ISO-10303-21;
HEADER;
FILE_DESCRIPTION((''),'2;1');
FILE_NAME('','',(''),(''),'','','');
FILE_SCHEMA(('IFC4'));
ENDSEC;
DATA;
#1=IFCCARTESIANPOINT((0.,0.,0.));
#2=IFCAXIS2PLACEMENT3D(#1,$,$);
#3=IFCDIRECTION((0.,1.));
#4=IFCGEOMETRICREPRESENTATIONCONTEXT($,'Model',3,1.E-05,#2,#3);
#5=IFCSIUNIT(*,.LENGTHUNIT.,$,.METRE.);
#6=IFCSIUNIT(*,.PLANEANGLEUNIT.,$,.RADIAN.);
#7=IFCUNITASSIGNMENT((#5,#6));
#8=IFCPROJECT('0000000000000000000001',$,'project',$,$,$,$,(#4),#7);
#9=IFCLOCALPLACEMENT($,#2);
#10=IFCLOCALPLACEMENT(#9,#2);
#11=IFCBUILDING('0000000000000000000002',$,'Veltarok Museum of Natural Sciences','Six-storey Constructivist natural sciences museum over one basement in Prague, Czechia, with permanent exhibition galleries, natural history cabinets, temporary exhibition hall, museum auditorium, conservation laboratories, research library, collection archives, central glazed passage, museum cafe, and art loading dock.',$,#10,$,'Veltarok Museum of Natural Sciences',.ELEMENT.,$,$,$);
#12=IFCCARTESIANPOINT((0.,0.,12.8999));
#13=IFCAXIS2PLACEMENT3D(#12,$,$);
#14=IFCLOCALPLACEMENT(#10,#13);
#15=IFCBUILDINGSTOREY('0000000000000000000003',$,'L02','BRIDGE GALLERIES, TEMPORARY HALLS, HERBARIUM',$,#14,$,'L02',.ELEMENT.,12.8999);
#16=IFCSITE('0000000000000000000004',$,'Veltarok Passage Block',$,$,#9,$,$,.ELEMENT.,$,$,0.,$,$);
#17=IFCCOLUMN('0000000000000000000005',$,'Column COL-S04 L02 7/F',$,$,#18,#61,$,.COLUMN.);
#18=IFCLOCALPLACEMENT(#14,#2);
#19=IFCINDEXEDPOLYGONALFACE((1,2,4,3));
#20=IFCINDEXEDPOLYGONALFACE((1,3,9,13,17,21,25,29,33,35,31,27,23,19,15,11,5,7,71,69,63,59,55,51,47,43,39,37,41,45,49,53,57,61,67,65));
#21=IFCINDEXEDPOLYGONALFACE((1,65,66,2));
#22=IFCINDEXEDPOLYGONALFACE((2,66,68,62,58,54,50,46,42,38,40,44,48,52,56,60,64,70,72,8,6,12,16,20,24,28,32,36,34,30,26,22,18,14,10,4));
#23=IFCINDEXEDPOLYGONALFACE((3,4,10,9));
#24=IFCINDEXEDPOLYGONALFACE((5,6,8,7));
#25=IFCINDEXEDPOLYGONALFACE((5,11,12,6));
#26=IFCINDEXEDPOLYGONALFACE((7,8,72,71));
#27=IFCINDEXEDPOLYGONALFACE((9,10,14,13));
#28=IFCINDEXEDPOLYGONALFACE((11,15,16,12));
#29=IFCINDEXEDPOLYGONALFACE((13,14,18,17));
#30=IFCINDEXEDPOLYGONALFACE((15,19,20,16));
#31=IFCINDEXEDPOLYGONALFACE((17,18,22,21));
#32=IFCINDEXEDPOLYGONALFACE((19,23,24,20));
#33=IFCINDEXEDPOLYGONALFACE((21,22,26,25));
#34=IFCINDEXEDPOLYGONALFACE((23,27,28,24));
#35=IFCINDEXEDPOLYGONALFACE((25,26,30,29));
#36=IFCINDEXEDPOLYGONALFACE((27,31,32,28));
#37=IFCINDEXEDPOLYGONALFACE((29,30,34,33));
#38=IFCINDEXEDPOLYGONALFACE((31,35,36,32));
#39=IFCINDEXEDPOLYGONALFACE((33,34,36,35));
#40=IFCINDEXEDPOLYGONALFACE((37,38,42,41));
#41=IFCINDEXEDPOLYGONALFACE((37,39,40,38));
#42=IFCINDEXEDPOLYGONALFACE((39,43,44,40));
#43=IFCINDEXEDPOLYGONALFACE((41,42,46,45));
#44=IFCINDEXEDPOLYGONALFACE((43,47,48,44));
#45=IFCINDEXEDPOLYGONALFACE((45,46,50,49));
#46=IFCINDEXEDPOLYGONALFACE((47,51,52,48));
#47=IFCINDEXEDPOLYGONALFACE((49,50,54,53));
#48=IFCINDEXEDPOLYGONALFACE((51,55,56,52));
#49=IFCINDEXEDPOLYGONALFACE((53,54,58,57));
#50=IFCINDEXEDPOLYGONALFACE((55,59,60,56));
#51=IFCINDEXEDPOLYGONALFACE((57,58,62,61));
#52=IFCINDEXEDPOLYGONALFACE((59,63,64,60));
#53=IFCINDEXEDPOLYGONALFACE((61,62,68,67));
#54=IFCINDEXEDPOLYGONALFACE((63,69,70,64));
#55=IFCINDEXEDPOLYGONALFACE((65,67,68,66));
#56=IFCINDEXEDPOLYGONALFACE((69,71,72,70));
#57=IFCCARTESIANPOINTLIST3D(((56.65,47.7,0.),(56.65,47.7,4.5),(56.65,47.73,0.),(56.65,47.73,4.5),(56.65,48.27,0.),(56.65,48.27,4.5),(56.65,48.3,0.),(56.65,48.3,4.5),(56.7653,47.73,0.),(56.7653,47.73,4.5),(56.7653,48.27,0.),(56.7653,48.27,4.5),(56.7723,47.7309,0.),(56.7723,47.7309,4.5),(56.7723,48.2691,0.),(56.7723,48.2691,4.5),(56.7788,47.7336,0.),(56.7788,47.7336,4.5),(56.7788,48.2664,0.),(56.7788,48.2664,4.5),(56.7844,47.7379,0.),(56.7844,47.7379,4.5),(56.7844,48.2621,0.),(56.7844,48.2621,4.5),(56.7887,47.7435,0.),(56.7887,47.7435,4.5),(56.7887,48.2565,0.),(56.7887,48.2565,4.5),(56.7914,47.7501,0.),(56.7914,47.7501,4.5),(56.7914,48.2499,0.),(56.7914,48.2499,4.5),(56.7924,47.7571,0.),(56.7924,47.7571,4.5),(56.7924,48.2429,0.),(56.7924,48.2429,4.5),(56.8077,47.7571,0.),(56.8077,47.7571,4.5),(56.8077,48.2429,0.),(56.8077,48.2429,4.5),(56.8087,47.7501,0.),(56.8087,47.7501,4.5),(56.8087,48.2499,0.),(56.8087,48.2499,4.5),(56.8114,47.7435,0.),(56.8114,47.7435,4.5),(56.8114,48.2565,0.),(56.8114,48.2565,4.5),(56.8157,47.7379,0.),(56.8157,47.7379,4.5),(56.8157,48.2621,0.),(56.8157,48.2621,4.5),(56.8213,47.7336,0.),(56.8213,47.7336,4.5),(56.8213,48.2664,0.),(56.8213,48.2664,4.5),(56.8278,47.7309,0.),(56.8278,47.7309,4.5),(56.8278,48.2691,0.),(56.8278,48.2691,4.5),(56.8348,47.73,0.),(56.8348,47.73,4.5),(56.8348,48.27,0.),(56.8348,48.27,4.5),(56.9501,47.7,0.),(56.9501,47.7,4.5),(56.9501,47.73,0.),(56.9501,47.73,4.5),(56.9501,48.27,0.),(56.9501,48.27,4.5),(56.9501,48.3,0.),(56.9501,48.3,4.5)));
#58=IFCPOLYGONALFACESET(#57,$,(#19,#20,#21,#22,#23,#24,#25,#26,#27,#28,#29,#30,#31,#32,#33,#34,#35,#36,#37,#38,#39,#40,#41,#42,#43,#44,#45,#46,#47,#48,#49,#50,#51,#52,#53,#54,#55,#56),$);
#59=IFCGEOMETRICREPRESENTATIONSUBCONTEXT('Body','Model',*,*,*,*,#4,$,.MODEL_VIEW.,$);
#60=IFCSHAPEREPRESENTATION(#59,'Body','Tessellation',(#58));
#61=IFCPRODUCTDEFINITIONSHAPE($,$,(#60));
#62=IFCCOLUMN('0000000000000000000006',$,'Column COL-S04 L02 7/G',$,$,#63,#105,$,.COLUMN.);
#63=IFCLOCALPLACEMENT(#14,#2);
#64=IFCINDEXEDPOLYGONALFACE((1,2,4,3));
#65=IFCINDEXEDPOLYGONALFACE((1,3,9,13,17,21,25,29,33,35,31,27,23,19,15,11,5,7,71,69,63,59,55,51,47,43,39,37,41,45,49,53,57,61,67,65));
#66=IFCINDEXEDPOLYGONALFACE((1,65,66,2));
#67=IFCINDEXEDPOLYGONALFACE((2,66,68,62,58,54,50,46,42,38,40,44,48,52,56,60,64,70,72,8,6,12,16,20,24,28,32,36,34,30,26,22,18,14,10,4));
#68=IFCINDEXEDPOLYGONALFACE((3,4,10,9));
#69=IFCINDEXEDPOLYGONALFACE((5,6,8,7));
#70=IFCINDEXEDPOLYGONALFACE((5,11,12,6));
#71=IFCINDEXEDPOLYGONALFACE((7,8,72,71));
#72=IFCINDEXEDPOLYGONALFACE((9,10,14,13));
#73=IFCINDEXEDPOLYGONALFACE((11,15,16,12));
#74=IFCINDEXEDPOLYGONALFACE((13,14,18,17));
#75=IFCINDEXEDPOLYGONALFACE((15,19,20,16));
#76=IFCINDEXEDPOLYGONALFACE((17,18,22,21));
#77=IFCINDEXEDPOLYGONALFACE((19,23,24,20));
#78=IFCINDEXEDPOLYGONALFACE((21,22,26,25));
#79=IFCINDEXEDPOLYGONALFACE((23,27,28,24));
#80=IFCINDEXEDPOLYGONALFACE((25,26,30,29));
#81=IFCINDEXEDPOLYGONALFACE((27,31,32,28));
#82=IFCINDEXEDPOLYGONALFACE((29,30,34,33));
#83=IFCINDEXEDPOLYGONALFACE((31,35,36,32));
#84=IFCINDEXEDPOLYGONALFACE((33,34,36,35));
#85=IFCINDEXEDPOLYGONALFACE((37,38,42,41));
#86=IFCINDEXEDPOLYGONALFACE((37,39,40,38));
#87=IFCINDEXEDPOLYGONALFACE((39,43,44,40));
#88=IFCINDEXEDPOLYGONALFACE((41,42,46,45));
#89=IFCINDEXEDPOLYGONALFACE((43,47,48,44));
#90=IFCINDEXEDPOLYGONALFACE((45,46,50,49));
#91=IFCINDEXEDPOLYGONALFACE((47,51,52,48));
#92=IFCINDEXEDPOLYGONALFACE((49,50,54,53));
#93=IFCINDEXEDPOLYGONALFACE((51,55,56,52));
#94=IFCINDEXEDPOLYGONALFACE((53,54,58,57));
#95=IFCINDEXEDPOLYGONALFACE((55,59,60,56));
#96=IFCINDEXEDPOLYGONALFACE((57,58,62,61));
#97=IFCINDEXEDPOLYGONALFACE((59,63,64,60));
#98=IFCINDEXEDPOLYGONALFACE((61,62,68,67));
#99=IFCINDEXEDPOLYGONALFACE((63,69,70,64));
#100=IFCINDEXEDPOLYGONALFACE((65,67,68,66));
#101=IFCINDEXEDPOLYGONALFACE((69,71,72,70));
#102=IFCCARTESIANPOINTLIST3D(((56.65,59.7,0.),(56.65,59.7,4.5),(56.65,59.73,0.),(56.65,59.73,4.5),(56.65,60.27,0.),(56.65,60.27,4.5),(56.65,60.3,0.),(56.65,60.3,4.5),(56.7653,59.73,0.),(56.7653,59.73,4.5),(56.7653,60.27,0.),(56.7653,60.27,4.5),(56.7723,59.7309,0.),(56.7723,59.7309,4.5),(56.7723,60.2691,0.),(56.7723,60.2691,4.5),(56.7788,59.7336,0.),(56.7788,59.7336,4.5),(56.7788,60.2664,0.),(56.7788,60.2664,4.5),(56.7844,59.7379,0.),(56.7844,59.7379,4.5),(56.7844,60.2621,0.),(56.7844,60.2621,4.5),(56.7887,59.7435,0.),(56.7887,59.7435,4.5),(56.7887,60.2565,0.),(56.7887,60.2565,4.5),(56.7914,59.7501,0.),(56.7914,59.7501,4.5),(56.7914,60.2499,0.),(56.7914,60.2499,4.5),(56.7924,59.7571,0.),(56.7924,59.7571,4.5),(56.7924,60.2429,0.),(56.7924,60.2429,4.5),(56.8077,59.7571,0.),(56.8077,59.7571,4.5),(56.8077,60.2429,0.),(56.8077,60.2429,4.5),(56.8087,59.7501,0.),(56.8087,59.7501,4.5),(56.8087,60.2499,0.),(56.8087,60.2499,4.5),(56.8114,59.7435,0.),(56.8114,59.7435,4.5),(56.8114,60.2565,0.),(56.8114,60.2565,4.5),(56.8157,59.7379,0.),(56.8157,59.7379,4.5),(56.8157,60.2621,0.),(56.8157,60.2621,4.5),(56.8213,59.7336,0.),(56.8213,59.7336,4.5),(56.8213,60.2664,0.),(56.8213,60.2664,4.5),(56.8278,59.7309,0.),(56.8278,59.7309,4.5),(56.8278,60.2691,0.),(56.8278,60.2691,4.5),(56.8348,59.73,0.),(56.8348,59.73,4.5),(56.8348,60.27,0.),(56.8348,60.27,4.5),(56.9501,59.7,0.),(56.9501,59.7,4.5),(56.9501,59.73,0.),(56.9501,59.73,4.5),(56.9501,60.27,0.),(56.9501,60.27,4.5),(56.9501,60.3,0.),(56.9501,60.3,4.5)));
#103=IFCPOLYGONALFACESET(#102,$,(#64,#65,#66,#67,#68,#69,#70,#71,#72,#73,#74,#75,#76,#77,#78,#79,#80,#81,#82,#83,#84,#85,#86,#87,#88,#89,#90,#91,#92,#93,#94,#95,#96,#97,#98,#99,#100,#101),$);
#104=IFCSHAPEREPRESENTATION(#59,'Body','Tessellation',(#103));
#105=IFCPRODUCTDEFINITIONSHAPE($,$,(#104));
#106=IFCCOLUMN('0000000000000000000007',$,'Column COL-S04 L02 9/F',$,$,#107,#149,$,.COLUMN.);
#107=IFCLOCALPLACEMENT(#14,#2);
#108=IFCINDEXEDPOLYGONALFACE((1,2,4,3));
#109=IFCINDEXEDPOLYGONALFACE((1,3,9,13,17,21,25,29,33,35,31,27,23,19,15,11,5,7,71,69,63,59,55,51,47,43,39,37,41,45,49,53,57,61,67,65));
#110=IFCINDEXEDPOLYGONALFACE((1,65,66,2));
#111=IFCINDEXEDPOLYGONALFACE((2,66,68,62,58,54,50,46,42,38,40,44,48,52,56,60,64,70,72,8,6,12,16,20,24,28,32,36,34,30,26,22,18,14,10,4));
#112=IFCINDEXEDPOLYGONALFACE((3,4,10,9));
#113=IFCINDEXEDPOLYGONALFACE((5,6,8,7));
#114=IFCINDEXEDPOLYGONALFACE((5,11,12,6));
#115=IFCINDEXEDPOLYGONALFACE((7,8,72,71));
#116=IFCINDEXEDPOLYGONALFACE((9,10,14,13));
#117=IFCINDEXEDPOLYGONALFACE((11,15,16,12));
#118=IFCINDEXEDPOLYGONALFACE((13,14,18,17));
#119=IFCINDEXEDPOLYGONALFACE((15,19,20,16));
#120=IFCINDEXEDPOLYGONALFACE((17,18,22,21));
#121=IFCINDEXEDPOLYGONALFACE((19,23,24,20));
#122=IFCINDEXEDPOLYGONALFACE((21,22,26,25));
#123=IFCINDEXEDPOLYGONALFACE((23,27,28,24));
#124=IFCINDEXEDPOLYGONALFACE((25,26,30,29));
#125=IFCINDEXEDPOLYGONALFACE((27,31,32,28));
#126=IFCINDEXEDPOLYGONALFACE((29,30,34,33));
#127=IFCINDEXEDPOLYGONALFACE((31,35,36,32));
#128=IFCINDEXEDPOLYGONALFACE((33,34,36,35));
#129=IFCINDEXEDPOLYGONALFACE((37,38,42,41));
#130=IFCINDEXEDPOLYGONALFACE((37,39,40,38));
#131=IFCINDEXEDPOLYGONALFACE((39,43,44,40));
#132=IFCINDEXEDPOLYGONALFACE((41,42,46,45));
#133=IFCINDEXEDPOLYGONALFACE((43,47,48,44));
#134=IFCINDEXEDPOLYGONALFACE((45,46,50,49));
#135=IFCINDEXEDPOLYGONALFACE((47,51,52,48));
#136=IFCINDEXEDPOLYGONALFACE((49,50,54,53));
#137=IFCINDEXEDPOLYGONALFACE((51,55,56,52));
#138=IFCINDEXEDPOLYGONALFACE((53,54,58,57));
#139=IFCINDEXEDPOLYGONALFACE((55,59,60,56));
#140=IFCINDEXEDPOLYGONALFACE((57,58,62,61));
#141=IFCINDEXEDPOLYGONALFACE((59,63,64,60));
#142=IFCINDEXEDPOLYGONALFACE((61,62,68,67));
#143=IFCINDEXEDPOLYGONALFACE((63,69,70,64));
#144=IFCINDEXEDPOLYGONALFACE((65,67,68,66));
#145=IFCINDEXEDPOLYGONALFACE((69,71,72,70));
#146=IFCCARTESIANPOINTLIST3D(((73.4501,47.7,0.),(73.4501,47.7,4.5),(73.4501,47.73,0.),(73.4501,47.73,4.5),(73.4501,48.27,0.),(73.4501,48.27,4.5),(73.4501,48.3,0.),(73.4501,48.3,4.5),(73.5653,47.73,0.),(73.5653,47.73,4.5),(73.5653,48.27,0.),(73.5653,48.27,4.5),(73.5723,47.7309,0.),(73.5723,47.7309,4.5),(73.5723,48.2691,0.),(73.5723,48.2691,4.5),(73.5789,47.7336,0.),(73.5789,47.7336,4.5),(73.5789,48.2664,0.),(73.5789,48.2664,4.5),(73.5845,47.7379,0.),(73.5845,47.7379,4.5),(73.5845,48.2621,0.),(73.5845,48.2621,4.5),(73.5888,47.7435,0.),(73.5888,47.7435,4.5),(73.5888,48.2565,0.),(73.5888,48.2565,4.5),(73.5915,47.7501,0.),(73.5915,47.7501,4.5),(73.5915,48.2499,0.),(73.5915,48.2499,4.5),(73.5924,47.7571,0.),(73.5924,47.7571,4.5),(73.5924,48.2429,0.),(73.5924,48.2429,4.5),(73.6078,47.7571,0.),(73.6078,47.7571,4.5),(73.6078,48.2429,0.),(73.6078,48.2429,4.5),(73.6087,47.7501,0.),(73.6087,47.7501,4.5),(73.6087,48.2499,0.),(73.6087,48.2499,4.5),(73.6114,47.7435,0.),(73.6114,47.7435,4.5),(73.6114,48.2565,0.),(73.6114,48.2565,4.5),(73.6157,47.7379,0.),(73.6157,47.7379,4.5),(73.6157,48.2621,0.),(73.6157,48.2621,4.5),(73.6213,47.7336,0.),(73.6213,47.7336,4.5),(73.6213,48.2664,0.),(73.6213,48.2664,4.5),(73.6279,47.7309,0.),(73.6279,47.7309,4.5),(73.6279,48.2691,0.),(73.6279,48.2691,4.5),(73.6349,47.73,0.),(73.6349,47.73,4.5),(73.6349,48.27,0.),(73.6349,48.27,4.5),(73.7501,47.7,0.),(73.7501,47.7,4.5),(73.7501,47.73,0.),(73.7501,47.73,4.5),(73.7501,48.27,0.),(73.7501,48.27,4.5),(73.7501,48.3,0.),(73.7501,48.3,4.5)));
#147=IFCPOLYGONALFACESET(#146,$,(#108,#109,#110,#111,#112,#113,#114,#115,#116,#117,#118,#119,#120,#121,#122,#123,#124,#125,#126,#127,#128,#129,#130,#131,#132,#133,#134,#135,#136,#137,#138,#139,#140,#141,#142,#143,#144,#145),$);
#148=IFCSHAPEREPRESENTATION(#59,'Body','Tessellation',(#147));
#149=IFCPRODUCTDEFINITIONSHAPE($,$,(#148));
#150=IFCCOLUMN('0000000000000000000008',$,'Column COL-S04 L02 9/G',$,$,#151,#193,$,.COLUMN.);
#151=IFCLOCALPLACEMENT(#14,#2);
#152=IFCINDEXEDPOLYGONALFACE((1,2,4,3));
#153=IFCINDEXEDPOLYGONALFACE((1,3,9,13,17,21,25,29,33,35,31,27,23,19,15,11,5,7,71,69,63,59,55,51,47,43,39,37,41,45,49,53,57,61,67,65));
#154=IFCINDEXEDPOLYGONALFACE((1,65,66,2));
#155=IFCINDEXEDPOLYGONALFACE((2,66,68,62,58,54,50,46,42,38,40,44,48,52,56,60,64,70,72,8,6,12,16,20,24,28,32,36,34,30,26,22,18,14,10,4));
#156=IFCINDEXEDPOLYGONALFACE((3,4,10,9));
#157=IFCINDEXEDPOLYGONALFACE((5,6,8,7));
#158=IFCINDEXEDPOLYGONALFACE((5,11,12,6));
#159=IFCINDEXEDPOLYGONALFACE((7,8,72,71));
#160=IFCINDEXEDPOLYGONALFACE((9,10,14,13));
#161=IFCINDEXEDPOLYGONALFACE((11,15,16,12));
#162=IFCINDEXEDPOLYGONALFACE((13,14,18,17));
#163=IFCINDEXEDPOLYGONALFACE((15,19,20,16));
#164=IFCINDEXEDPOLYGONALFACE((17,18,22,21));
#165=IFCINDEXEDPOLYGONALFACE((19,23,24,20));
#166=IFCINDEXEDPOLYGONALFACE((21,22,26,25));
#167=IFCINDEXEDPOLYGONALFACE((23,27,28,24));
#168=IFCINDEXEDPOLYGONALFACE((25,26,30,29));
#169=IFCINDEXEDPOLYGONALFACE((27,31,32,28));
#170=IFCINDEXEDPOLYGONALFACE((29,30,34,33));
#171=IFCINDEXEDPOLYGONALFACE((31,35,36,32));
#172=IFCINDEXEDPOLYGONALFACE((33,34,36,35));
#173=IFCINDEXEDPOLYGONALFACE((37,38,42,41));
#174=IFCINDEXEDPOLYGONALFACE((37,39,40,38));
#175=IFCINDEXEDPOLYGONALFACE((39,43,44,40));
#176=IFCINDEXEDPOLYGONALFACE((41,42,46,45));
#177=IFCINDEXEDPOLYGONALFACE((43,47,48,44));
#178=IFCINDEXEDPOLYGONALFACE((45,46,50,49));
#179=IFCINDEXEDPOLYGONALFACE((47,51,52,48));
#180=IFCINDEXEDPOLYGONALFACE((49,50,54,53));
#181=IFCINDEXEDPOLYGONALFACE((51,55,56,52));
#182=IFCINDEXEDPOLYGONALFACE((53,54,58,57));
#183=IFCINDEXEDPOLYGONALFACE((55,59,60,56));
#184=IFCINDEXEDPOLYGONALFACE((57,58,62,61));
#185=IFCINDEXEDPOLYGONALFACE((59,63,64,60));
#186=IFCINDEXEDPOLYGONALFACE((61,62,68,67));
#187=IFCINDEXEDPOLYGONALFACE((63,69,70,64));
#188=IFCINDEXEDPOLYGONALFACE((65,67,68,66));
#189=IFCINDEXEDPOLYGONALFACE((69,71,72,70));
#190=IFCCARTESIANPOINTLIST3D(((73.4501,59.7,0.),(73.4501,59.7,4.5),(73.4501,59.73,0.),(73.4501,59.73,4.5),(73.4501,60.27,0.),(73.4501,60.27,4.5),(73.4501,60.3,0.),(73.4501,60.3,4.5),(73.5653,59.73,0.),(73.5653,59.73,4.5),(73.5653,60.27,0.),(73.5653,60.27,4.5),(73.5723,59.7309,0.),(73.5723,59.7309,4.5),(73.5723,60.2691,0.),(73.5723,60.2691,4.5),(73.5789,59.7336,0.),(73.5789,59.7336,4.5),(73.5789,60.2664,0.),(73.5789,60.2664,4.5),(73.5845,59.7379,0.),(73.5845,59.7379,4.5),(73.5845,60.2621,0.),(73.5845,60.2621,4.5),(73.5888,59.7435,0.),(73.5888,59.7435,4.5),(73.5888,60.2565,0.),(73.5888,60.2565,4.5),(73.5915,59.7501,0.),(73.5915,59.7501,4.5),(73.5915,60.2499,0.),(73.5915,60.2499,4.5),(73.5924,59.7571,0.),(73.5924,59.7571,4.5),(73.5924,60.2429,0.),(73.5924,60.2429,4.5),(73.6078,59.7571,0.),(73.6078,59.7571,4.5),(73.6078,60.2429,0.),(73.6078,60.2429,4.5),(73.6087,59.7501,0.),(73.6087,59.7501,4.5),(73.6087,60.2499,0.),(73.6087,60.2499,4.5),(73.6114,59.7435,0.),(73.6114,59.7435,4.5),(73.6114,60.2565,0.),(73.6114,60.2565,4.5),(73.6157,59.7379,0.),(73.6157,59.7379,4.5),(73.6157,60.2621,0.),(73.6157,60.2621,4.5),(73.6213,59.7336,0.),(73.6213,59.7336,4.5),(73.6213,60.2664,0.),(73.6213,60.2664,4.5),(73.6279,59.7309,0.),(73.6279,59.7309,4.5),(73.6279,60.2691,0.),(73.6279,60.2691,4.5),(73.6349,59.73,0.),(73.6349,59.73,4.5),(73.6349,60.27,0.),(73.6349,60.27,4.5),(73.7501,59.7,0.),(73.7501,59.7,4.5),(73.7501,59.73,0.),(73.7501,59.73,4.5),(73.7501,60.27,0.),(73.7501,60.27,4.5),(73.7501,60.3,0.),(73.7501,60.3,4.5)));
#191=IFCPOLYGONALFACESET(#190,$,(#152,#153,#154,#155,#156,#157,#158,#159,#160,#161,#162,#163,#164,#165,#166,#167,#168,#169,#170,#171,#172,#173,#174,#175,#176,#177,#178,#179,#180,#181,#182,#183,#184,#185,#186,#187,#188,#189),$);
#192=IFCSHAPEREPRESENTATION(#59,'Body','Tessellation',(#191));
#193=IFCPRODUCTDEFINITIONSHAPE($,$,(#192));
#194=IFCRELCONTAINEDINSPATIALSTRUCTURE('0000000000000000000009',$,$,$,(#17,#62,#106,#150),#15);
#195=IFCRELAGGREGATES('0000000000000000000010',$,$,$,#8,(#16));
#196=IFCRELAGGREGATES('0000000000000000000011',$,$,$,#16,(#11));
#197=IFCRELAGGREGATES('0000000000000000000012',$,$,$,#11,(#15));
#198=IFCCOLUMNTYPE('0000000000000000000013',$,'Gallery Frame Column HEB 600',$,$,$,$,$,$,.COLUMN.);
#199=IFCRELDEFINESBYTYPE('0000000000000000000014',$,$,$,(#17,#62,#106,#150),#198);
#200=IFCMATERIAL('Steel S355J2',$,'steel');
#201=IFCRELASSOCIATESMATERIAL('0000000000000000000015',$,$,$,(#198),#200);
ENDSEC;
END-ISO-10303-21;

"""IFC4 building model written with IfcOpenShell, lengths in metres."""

from ifc_helpers import new_model, si_unit, direction, frame, origin, origin_2d, place, context, subcontext, project, spatial, i_section, extrude, material, material_profile, profile_set, type_object, element, save


model = new_model("IFC4")

# Units and contexts
model_context = context("Model", 3, precision=1e-05, world=origin(), true_north=direction((0.0, 1.0)))
body_context = subcontext(model_context, "Body", "Model", "MODEL_VIEW")
ifc_project = project(units=[si_unit("LENGTHUNIT", "METRE"), si_unit("PLANEANGLEUNIT", "RADIAN")], contexts=[model_context])

# Site, building, storey
site_placement = place(None, origin())
site = spatial("IfcSite", under=ifc_project, at=site_placement, Name="Veltarok Passage Block", CompositionType="ELEMENT", RefElevation=0.0)
building_placement = place(site_placement, origin())
building = spatial("IfcBuilding", under=site, at=building_placement, Name="Veltarok Museum of Natural Sciences", Description="Six-storey Constructivist natural sciences museum over one basement in Prague, Czechia, with permanent exhibition galleries, natural history cabinets, temporary exhibition hall, museum auditorium, conservation laboratories, research library, collection archives, central glazed passage, museum cafe, and art loading dock.", LongName="Veltarok Museum of Natural Sciences", CompositionType="ELEMENT")
storey_placement = place(building_placement, frame((0.0, 0.0, 12.8999)))
storey = spatial("IfcBuildingStorey", under=building, at=storey_placement, Name="L02", Description="BRIDGE GALLERIES, TEMPORARY HALLS, HERBARIUM", LongName="L02", CompositionType="ELEMENT", Elevation=12.8999)

# Columns
ifc_material_1 = material(Name="Steel S355J2", Category="steel")
ifc_material_profile_1 = material_profile(ifc_material_1, i_section(OverallWidth=0.3, OverallDepth=0.6001, WebThickness=0.0154, FlangeThickness=0.03, FilletRadius=0.0271, at=origin_2d()), Name="HEB 600")
ifc_profile_set_1 = profile_set([ifc_material_profile_1], Name="Steel S355J2")
column_type_1 = type_object("IfcColumnType", Name="Gallery Frame Column HEB 600", PredefinedType="COLUMN", material=ifc_profile_set_1)
for number, where, z_axis, x_axis, name in (
    (1, (56.8, 48.0, 0.0), (0.0, 0.0, 1.0), (1.0, 0.0, 0.0), "Column COL-S04 L02 7/F"),
    (2, (56.8, 60.0, 0.0), (0.0, 0.0, 1.0), (1.0, 0.0, 0.0), "Column COL-S04 L02 7/G"),
    (3, (73.6001, 48.0, 0.0), (0.0, 0.0, 1.0), (1.0, 0.0, 0.0), "Column COL-S04 L02 9/F"),
    (4, (73.6001, 60.0, 0.0), (0.0, 0.0, 1.0), (1.0, 0.0, 0.0), "Column COL-S04 L02 9/G"),
):
    element("IfcColumn", number, at=place(storey_placement, frame(where, z_axis=z_axis, x_axis=x_axis)), inside=storey, type_object=column_type_1, Name=name, PredefinedType="COLUMN", context=body_context, shape_type="SweptSolid", body=[
        extrude(i_section(OverallWidth=0.3, OverallDepth=0.6001, WebThickness=0.0154, FlangeThickness=0.03, FilletRadius=0.0271, at=origin_2d()), origin(), (0.0, 0.0, 1.0), 4.5),
    ])

save(model, "model.ifc")
